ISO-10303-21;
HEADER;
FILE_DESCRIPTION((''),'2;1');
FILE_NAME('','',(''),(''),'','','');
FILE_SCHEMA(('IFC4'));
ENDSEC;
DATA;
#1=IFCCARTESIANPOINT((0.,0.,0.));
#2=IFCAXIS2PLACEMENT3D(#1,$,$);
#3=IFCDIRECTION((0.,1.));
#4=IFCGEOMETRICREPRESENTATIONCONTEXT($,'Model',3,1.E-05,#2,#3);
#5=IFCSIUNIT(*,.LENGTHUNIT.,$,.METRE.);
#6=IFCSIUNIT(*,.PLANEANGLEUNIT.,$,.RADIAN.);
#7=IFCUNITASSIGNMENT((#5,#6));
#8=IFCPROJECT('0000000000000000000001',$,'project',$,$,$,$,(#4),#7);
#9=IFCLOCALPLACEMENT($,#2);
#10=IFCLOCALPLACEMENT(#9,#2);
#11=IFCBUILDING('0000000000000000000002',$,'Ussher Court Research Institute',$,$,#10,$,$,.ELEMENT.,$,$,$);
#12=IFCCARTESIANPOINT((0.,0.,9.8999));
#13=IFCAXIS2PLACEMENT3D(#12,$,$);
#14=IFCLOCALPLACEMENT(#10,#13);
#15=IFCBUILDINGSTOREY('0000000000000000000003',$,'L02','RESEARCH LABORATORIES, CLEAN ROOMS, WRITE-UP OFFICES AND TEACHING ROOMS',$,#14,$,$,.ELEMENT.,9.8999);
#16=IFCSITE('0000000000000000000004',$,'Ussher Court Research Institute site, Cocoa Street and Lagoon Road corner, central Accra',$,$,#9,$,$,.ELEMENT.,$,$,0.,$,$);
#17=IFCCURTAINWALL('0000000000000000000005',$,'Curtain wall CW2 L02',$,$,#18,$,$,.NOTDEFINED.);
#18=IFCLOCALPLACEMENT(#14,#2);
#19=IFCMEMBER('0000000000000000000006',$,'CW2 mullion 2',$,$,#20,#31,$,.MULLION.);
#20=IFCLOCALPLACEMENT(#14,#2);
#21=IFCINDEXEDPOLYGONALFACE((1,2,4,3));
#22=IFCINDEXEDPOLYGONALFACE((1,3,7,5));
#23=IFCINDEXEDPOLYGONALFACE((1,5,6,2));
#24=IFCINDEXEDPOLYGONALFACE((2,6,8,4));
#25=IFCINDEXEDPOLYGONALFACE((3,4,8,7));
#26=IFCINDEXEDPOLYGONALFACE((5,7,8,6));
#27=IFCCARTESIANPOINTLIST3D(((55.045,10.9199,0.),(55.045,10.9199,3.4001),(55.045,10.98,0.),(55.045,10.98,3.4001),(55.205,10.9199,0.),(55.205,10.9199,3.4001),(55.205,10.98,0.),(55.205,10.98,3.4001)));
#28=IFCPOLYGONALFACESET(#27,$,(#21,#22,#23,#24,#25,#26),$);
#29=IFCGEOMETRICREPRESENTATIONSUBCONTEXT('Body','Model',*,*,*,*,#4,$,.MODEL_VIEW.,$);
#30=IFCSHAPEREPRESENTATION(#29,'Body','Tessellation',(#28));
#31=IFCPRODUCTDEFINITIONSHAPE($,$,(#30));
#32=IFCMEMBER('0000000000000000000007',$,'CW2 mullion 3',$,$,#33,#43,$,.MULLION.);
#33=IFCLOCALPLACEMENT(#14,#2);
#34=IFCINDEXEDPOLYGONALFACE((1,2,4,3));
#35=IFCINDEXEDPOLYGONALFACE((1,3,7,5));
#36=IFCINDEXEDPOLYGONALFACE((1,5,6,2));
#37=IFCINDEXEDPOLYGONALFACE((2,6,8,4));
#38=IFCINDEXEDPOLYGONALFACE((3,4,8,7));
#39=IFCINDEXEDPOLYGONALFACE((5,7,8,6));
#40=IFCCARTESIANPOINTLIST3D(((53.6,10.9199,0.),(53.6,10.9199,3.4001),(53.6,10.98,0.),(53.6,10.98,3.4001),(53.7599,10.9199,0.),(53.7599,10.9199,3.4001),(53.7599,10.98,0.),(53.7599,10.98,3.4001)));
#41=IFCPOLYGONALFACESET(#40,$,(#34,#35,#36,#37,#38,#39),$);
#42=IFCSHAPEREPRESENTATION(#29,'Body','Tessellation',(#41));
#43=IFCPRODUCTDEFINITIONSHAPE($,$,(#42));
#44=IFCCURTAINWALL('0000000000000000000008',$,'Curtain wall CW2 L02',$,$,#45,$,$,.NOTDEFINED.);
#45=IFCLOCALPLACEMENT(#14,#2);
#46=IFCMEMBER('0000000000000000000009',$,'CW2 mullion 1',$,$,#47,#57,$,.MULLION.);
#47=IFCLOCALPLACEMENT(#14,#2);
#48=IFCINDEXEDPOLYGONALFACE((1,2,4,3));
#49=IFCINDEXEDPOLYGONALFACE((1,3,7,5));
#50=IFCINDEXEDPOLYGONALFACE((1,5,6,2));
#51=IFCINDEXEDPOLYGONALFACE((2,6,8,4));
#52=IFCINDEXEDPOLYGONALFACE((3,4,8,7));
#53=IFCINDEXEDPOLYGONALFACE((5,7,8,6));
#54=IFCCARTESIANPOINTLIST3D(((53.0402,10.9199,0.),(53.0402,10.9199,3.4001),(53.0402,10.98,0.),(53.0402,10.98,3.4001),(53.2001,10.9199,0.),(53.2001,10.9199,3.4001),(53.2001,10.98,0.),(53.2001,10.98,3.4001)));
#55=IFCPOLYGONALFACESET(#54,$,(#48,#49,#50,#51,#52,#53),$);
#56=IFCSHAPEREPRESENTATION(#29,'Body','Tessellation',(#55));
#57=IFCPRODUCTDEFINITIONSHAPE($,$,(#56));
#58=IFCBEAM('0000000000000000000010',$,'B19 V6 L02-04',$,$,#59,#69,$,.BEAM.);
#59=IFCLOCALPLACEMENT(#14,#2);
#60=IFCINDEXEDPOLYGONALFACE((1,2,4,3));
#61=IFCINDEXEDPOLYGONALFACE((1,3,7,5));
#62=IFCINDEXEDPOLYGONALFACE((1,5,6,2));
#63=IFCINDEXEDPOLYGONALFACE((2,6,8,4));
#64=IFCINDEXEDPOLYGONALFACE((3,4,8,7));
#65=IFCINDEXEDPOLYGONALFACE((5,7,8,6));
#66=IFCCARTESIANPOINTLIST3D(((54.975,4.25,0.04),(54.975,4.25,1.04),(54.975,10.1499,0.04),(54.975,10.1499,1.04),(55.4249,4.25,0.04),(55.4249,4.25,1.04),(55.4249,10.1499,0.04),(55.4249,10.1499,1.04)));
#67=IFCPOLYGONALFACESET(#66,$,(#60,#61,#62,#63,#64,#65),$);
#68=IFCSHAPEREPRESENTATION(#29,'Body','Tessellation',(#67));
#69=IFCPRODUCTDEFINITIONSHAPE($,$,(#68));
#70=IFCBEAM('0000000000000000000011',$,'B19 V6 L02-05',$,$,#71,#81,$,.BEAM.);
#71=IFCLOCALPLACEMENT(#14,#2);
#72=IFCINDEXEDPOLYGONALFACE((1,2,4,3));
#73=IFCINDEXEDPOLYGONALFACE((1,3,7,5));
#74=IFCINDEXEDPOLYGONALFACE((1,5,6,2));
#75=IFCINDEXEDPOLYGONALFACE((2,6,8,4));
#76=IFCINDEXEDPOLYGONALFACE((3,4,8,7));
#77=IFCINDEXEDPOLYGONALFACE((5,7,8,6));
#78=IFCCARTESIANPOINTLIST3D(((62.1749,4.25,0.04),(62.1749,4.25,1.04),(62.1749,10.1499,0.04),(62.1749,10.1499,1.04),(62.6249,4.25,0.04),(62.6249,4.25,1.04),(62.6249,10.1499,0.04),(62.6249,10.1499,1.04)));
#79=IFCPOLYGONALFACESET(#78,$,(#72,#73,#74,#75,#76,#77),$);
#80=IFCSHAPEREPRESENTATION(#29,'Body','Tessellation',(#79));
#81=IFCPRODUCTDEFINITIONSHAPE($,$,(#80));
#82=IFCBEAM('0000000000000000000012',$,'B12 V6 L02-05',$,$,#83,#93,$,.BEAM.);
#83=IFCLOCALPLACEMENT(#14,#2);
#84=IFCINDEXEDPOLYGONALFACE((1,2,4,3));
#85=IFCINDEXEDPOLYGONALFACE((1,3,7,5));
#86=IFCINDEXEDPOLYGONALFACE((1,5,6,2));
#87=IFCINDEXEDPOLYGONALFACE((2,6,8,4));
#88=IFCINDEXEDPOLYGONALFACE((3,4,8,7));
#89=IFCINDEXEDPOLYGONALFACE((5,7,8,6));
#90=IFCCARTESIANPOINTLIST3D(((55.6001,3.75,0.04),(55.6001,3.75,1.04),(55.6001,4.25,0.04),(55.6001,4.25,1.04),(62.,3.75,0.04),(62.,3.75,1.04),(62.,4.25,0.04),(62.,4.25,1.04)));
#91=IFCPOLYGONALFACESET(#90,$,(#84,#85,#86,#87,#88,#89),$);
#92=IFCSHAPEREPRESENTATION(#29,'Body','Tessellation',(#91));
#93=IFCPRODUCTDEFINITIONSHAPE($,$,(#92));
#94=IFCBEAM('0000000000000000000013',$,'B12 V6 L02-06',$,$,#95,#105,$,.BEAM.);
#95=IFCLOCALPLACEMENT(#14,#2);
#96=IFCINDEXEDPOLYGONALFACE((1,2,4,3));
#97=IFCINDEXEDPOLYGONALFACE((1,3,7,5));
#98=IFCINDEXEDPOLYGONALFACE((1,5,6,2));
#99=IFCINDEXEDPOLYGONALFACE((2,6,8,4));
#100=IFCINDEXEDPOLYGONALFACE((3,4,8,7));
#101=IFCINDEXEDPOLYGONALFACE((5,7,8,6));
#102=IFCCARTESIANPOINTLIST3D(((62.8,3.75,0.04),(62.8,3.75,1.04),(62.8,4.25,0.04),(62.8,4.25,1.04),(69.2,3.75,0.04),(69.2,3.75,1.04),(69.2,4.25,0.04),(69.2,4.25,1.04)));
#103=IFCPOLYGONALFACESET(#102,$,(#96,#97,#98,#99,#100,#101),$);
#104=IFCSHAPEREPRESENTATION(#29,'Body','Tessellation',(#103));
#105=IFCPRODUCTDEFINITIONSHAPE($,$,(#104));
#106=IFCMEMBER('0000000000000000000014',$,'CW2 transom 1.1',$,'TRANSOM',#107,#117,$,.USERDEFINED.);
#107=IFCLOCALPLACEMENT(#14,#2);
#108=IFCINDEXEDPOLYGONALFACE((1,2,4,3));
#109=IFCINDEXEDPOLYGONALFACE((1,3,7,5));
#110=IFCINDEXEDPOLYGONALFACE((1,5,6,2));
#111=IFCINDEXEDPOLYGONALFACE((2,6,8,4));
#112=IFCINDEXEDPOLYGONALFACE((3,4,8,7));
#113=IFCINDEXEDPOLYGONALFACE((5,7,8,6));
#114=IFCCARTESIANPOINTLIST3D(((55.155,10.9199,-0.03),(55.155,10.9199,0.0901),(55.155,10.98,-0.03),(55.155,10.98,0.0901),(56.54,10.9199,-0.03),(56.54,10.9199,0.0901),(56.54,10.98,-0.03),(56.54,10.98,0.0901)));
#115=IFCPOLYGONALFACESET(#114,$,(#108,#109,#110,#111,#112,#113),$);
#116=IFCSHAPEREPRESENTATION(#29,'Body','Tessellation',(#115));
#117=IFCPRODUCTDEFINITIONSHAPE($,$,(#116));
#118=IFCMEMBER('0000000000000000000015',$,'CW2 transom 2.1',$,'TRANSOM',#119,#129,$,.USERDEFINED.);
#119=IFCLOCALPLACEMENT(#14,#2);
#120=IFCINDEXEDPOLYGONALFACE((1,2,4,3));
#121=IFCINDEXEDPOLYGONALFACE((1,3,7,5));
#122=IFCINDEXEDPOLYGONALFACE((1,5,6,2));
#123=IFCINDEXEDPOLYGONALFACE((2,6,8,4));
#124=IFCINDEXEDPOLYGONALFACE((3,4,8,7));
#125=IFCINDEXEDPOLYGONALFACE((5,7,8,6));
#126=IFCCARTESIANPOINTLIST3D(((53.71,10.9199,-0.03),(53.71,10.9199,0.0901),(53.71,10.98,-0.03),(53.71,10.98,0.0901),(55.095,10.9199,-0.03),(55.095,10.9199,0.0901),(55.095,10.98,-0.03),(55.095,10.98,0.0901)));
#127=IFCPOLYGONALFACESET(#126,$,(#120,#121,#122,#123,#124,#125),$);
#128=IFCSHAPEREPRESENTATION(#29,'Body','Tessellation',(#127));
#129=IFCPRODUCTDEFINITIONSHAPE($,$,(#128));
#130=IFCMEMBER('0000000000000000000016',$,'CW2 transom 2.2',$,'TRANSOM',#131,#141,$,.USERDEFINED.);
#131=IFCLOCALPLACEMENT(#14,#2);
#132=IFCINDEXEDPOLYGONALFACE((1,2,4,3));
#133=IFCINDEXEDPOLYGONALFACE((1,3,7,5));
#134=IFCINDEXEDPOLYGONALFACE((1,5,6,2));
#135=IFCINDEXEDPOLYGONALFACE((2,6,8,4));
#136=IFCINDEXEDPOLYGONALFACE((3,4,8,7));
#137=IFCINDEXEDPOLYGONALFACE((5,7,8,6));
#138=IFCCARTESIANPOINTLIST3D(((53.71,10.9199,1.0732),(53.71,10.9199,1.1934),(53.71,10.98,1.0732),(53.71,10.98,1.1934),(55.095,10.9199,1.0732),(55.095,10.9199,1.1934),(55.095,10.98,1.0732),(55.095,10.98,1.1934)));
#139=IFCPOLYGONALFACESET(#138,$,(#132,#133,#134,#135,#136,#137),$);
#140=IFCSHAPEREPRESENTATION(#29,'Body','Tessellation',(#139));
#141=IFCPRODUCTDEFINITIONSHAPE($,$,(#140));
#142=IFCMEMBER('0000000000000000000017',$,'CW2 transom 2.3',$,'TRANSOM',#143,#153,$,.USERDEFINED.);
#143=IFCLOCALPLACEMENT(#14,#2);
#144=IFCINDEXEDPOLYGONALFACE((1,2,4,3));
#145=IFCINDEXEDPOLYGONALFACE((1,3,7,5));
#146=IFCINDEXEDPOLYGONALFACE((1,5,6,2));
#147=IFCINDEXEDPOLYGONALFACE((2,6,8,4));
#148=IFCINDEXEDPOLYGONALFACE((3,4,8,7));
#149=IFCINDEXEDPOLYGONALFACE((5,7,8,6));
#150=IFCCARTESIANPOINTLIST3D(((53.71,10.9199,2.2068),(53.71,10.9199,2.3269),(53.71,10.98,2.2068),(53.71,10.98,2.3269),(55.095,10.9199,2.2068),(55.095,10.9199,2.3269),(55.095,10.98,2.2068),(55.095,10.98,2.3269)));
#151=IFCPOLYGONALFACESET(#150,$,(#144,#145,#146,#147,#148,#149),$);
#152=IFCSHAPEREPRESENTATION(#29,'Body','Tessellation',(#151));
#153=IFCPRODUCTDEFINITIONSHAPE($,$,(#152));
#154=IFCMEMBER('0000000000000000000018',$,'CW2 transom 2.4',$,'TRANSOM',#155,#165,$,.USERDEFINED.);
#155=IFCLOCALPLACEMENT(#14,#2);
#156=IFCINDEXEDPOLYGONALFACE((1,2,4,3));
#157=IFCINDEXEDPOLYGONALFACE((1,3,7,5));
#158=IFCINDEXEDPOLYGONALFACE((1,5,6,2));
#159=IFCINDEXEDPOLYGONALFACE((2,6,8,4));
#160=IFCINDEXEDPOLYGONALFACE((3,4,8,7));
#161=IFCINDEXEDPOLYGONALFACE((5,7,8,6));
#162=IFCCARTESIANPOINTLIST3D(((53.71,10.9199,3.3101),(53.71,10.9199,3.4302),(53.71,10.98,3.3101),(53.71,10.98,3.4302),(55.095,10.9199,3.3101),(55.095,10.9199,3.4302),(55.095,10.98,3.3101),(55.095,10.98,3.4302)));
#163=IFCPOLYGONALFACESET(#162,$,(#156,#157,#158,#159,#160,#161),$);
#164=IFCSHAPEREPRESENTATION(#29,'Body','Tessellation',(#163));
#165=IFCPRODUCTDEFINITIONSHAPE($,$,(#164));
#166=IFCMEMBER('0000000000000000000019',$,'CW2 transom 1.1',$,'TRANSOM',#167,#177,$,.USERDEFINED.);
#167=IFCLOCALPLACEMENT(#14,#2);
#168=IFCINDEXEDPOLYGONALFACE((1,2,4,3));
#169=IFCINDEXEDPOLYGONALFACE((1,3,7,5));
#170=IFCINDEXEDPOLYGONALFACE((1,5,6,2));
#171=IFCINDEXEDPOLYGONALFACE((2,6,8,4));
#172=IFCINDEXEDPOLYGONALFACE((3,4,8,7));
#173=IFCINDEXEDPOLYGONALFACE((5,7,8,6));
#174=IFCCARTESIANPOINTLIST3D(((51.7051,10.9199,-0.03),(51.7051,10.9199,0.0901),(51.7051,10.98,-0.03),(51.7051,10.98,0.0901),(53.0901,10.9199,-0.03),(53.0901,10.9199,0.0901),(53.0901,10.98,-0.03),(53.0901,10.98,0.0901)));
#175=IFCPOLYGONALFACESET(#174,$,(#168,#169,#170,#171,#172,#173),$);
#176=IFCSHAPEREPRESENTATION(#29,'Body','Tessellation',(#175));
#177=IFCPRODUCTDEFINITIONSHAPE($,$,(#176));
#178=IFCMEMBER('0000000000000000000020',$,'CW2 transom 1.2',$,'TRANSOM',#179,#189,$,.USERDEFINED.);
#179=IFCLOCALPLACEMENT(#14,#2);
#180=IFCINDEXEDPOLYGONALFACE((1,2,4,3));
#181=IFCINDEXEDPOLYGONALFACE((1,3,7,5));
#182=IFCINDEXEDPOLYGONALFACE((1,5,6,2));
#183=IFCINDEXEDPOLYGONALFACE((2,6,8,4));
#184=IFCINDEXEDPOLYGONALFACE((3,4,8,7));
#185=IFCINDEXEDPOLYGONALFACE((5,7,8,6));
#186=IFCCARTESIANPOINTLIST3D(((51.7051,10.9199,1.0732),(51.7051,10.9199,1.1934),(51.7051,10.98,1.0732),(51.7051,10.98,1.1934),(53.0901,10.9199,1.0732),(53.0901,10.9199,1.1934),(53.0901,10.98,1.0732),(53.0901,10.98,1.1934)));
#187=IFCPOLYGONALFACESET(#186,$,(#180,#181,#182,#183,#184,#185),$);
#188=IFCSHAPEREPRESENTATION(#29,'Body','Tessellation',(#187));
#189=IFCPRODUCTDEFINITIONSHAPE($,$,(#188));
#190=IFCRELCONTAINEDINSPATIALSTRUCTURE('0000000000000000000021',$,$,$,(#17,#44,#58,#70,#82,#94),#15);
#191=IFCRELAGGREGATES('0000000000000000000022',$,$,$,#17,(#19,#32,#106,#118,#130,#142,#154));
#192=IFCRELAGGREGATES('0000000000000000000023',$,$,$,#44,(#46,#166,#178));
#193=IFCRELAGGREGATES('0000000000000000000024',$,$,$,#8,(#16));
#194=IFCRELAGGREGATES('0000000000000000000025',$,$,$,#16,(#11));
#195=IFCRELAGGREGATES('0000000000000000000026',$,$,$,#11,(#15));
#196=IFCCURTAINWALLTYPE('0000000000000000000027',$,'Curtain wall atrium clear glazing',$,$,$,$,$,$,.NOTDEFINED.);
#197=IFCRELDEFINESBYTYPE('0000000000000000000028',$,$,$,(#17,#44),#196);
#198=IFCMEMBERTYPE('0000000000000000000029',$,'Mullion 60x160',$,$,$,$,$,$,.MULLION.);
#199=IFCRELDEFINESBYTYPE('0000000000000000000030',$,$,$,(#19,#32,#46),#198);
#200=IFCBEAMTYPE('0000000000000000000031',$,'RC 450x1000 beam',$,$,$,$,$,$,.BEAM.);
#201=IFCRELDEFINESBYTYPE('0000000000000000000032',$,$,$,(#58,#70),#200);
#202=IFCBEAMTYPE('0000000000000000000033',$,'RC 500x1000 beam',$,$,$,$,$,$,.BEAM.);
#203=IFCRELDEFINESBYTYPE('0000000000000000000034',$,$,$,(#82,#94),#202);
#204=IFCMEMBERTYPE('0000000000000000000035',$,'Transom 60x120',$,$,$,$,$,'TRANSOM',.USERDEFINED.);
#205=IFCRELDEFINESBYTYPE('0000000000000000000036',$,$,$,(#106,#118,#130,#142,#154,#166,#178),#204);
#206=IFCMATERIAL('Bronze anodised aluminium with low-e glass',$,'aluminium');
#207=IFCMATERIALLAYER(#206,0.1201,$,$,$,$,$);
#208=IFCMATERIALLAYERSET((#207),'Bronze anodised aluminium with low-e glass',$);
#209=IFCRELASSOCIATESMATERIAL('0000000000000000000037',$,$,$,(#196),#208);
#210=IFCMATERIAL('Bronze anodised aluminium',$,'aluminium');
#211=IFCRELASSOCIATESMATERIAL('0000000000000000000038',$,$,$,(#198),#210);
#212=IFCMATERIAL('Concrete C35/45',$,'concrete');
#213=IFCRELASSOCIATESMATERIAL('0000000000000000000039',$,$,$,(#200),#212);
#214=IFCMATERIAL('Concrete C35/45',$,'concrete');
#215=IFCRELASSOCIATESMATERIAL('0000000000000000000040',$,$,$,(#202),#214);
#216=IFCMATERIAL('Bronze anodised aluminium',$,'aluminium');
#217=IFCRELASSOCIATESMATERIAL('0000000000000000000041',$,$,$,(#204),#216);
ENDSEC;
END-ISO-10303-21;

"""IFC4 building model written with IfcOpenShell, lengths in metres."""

from ifc_helpers import new_model, si_unit, direction, frame, origin, origin_2d, place, context, subcontext, project, spatial, rectangle, extrude, material, layer, layer_set, material_profile, profile_set, type_object, element, aggregate, save


model = new_model("IFC4")

# Units and contexts
model_context = context("Model", 3, precision=1e-05, world=origin(), true_north=direction((0.0, 1.0)))
body_context = subcontext(model_context, "Body", "Model", "MODEL_VIEW")
ifc_project = project(units=[si_unit("LENGTHUNIT", "METRE"), si_unit("PLANEANGLEUNIT", "RADIAN")], contexts=[model_context])

# Site, building, storey
site_placement = place(None, origin())
site = spatial("IfcSite", under=ifc_project, at=site_placement, Name="Ussher Court Research Institute site, Cocoa Street and Lagoon Road corner, central Accra", CompositionType="ELEMENT", RefElevation=0.0)
building_placement = place(site_placement, origin())
building = spatial("IfcBuilding", under=site, at=building_placement, Name="Ussher Court Research Institute", CompositionType="ELEMENT")
storey_placement = place(building_placement, frame((0.0, 0.0, 9.8999)))
storey = spatial("IfcBuildingStorey", under=building, at=storey_placement, Name="L02", Description="RESEARCH LABORATORIES, CLEAN ROOMS, WRITE-UP OFFICES AND TEACHING ROOMS", CompositionType="ELEMENT", Elevation=9.8999)

# Curtain wall, members
ifc_material_1 = material(Name="Bronze anodised aluminium with low-e glass", Category="aluminium")
ifc_layer_1 = layer(ifc_material_1, 0.1201)
ifc_layer_set_1 = layer_set([ifc_layer_1], Name="Bronze anodised aluminium with low-e glass")
curtain_wall_type = type_object("IfcCurtainWallType", Name="Curtain wall atrium clear glazing", PredefinedType="NOTDEFINED", material=ifc_layer_set_1)
curtain_wall_1_placement = place(storey_placement, origin())
curtain_wall_1 = element("IfcCurtainWall", 1, at=curtain_wall_1_placement, inside=storey, type_object=curtain_wall_type, Name="Curtain wall CW2 L02", PredefinedType="NOTDEFINED")
ifc_material_2 = material(Name="Bronze anodised aluminium", Category="aluminium")
ifc_material_profile_1 = material_profile(ifc_material_2, rectangle(XDim=0.0601, YDim=0.1599, at=origin_2d()), Name="Mullion 60x160")
ifc_profile_set_1 = profile_set([ifc_material_profile_1], Name="Bronze anodised aluminium")
member_type_1 = type_object("IfcMemberType", Name="Mullion 60x160", PredefinedType="MULLION", material=ifc_profile_set_1)
member_1_placement = place(storey_placement, frame((55.125, 10.95, 0.0), z_axis=(0.0, 0.0, 1.0), x_axis=(0.0, -1.0, 0.0)))
member_1 = element("IfcMember", 2, at=member_1_placement, type_object=member_type_1, Name="CW2 mullion 2", PredefinedType="MULLION", context=body_context, shape_type="SweptSolid", body=[
    extrude(rectangle(XDim=0.0601, YDim=0.1599, at=origin_2d()), origin(), (0.0, 0.0, 1.0), 3.4001),
])
member_2_placement = place(storey_placement, frame((53.6799, 10.95, 0.0), z_axis=(0.0, 0.0, 1.0), x_axis=(0.0, -1.0, 0.0)))
member_2 = element("IfcMember", 3, at=member_2_placement, type_object=member_type_1, Name="CW2 mullion 3", PredefinedType="MULLION", context=body_context, shape_type="SweptSolid", body=[
    extrude(rectangle(XDim=0.0601, YDim=0.1599, at=origin_2d()), origin(), (0.0, 0.0, 1.0), 3.4001),
])

# Curtain wall, member
curtain_wall_2_placement = place(storey_placement, origin())
curtain_wall_2 = element("IfcCurtainWall", 4, at=curtain_wall_2_placement, inside=storey, type_object=curtain_wall_type, Name="Curtain wall CW2 L02", PredefinedType="NOTDEFINED")
member_3_placement = place(storey_placement, frame((53.1201, 10.95, 0.0), z_axis=(0.0, 0.0, 1.0), x_axis=(0.0, -1.0, 0.0)))
member_3 = element("IfcMember", 5, at=member_3_placement, type_object=member_type_1, Name="CW2 mullion 1", PredefinedType="MULLION", context=body_context, shape_type="SweptSolid", body=[
    extrude(rectangle(XDim=0.0601, YDim=0.1599, at=origin_2d()), origin(), (0.0, 0.0, 1.0), 3.4001),
])

# Beams
ifc_material_3 = material(Name="Concrete C35/45", Category="concrete")
ifc_material_profile_2 = material_profile(ifc_material_3, rectangle(XDim=0.45, YDim=1.0, at=origin_2d()), Name="RC 450x1000")
ifc_profile_set_2 = profile_set([ifc_material_profile_2], Name="Concrete C35/45")
beam_type_1 = type_object("IfcBeamType", Name="RC 450x1000 beam", PredefinedType="BEAM", material=ifc_profile_set_2)
for number, where, z_axis, x_axis, name in (
    (6, (55.2, 4.25, 0.54), (0.0, 1.0, 0.0), (-1.0, 0.0, 0.0), "B19 V6 L02-04"),
    (7, (62.3999, 4.25, 0.54), (0.0, 1.0, 0.0), (-1.0, 0.0, 0.0), "B19 V6 L02-05"),
):
    element("IfcBeam", number, at=place(storey_placement, frame(where, z_axis=z_axis, x_axis=x_axis)), inside=storey, type_object=beam_type_1, Name=name, PredefinedType="BEAM", context=body_context, shape_type="SweptSolid", body=[
        extrude(rectangle(XDim=0.45, YDim=1.0, at=origin_2d()), origin(), (0.0, 0.0, 1.0), 5.8999),
    ])
ifc_material_4 = material(Name="Concrete C35/45", Category="concrete")
ifc_material_profile_3 = material_profile(ifc_material_4, rectangle(XDim=0.5, YDim=1.0, at=origin_2d()), Name="RC 500x1000")
ifc_profile_set_3 = profile_set([ifc_material_profile_3], Name="Concrete C35/45")
beam_type_2 = type_object("IfcBeamType", Name="RC 500x1000 beam", PredefinedType="BEAM", material=ifc_profile_set_3)
for number, where, z_axis, x_axis, name in (
    (8, (55.6001, 4.0, 0.54), (1.0, 0.0, 0.0), (0.0, 1.0, 0.0), "B12 V6 L02-05"),
    (9, (62.8, 4.0, 0.54), (1.0, 0.0, 0.0), (0.0, 1.0, 0.0), "B12 V6 L02-06"),
):
    element("IfcBeam", number, at=place(storey_placement, frame(where, z_axis=z_axis, x_axis=x_axis)), inside=storey, type_object=beam_type_2, Name=name, PredefinedType="BEAM", context=body_context, shape_type="SweptSolid", body=[
        extrude(rectangle(XDim=0.5, YDim=1.0, at=origin_2d()), origin(), (0.0, 0.0, 1.0), 6.3999),
    ])

# Members
ifc_material_5 = material(Name="Bronze anodised aluminium", Category="aluminium")
ifc_material_profile_4 = material_profile(ifc_material_5, rectangle(XDim=0.0601, YDim=0.1201, at=origin_2d()), Name="Transom 60x120")
ifc_profile_set_4 = profile_set([ifc_material_profile_4], Name="Bronze anodised aluminium")
member_type_2 = type_object("IfcMemberType", Name="Transom 60x120", ElementType="TRANSOM", PredefinedType="USERDEFINED", material=ifc_profile_set_4)
member_4_placement = place(storey_placement, frame((56.54, 10.95, 0.03), z_axis=(-1.0, 0.0, 0.0), x_axis=(0.0, -1.0, 0.0)))
member_4 = element("IfcMember", 10, at=member_4_placement, type_object=member_type_2, Name="CW2 transom 1.1", ObjectType="TRANSOM", PredefinedType="USERDEFINED", context=body_context, shape_type="SweptSolid", body=[
    extrude(rectangle(XDim=0.0601, YDim=0.1201, at=origin_2d()), origin(), (0.0, 0.0, 1.0), 1.385),
])
member_5_placement = place(storey_placement, frame((55.095, 10.95, 0.03), z_axis=(-1.0, 0.0, 0.0), x_axis=(0.0, -1.0, 0.0)))
member_5 = element("IfcMember", 11, at=member_5_placement, type_object=member_type_2, Name="CW2 transom 2.1", ObjectType="TRANSOM", PredefinedType="USERDEFINED", context=body_context, shape_type="SweptSolid", body=[
    extrude(rectangle(XDim=0.0601, YDim=0.1201, at=origin_2d()), origin(), (0.0, 0.0, 1.0), 1.385),
])
member_6_placement = place(storey_placement, frame((55.095, 10.95, 1.1333), z_axis=(-1.0, 0.0, 0.0), x_axis=(0.0, -1.0, 0.0)))
member_6 = element("IfcMember", 12, at=member_6_placement, type_object=member_type_2, Name="CW2 transom 2.2", ObjectType="TRANSOM", PredefinedType="USERDEFINED", context=body_context, shape_type="SweptSolid", body=[
    extrude(rectangle(XDim=0.0601, YDim=0.1201, at=origin_2d()), origin(), (0.0, 0.0, 1.0), 1.385),
])
member_7_placement = place(storey_placement, frame((55.095, 10.95, 2.2668), z_axis=(-1.0, 0.0, 0.0), x_axis=(0.0, -1.0, 0.0)))
member_7 = element("IfcMember", 13, at=member_7_placement, type_object=member_type_2, Name="CW2 transom 2.3", ObjectType="TRANSOM", PredefinedType="USERDEFINED", context=body_context, shape_type="SweptSolid", body=[
    extrude(rectangle(XDim=0.0601, YDim=0.1201, at=origin_2d()), origin(), (0.0, 0.0, 1.0), 1.385),
])
member_8_placement = place(storey_placement, frame((55.095, 10.95, 3.3701), z_axis=(-1.0, 0.0, 0.0), x_axis=(0.0, -1.0, 0.0)))
member_8 = element("IfcMember", 14, at=member_8_placement, type_object=member_type_2, Name="CW2 transom 2.4", ObjectType="TRANSOM", PredefinedType="USERDEFINED", context=body_context, shape_type="SweptSolid", body=[
    extrude(rectangle(XDim=0.0601, YDim=0.1201, at=origin_2d()), origin(), (0.0, 0.0, 1.0), 1.385),
])
member_9_placement = place(storey_placement, frame((53.0901, 10.95, 0.03), z_axis=(-1.0, 0.0, 0.0), x_axis=(0.0, -1.0, 0.0)))
member_9 = element("IfcMember", 15, at=member_9_placement, type_object=member_type_2, Name="CW2 transom 1.1", ObjectType="TRANSOM", PredefinedType="USERDEFINED", context=body_context, shape_type="SweptSolid", body=[
    extrude(rectangle(XDim=0.0601, YDim=0.1201, at=origin_2d()), origin(), (0.0, 0.0, 1.0), 1.385),
])
member_10_placement = place(storey_placement, frame((53.0901, 10.95, 1.1333), z_axis=(-1.0, 0.0, 0.0), x_axis=(0.0, -1.0, 0.0)))
member_10 = element("IfcMember", 16, at=member_10_placement, type_object=member_type_2, Name="CW2 transom 1.2", ObjectType="TRANSOM", PredefinedType="USERDEFINED", context=body_context, shape_type="SweptSolid", body=[
    extrude(rectangle(XDim=0.0601, YDim=0.1201, at=origin_2d()), origin(), (0.0, 0.0, 1.0), 1.385),
])

aggregate(curtain_wall_1, [member_1, member_2, member_4, member_5, member_6, member_7, member_8])
aggregate(curtain_wall_2, [member_3, member_9, member_10])

save(model, "model.ifc")
